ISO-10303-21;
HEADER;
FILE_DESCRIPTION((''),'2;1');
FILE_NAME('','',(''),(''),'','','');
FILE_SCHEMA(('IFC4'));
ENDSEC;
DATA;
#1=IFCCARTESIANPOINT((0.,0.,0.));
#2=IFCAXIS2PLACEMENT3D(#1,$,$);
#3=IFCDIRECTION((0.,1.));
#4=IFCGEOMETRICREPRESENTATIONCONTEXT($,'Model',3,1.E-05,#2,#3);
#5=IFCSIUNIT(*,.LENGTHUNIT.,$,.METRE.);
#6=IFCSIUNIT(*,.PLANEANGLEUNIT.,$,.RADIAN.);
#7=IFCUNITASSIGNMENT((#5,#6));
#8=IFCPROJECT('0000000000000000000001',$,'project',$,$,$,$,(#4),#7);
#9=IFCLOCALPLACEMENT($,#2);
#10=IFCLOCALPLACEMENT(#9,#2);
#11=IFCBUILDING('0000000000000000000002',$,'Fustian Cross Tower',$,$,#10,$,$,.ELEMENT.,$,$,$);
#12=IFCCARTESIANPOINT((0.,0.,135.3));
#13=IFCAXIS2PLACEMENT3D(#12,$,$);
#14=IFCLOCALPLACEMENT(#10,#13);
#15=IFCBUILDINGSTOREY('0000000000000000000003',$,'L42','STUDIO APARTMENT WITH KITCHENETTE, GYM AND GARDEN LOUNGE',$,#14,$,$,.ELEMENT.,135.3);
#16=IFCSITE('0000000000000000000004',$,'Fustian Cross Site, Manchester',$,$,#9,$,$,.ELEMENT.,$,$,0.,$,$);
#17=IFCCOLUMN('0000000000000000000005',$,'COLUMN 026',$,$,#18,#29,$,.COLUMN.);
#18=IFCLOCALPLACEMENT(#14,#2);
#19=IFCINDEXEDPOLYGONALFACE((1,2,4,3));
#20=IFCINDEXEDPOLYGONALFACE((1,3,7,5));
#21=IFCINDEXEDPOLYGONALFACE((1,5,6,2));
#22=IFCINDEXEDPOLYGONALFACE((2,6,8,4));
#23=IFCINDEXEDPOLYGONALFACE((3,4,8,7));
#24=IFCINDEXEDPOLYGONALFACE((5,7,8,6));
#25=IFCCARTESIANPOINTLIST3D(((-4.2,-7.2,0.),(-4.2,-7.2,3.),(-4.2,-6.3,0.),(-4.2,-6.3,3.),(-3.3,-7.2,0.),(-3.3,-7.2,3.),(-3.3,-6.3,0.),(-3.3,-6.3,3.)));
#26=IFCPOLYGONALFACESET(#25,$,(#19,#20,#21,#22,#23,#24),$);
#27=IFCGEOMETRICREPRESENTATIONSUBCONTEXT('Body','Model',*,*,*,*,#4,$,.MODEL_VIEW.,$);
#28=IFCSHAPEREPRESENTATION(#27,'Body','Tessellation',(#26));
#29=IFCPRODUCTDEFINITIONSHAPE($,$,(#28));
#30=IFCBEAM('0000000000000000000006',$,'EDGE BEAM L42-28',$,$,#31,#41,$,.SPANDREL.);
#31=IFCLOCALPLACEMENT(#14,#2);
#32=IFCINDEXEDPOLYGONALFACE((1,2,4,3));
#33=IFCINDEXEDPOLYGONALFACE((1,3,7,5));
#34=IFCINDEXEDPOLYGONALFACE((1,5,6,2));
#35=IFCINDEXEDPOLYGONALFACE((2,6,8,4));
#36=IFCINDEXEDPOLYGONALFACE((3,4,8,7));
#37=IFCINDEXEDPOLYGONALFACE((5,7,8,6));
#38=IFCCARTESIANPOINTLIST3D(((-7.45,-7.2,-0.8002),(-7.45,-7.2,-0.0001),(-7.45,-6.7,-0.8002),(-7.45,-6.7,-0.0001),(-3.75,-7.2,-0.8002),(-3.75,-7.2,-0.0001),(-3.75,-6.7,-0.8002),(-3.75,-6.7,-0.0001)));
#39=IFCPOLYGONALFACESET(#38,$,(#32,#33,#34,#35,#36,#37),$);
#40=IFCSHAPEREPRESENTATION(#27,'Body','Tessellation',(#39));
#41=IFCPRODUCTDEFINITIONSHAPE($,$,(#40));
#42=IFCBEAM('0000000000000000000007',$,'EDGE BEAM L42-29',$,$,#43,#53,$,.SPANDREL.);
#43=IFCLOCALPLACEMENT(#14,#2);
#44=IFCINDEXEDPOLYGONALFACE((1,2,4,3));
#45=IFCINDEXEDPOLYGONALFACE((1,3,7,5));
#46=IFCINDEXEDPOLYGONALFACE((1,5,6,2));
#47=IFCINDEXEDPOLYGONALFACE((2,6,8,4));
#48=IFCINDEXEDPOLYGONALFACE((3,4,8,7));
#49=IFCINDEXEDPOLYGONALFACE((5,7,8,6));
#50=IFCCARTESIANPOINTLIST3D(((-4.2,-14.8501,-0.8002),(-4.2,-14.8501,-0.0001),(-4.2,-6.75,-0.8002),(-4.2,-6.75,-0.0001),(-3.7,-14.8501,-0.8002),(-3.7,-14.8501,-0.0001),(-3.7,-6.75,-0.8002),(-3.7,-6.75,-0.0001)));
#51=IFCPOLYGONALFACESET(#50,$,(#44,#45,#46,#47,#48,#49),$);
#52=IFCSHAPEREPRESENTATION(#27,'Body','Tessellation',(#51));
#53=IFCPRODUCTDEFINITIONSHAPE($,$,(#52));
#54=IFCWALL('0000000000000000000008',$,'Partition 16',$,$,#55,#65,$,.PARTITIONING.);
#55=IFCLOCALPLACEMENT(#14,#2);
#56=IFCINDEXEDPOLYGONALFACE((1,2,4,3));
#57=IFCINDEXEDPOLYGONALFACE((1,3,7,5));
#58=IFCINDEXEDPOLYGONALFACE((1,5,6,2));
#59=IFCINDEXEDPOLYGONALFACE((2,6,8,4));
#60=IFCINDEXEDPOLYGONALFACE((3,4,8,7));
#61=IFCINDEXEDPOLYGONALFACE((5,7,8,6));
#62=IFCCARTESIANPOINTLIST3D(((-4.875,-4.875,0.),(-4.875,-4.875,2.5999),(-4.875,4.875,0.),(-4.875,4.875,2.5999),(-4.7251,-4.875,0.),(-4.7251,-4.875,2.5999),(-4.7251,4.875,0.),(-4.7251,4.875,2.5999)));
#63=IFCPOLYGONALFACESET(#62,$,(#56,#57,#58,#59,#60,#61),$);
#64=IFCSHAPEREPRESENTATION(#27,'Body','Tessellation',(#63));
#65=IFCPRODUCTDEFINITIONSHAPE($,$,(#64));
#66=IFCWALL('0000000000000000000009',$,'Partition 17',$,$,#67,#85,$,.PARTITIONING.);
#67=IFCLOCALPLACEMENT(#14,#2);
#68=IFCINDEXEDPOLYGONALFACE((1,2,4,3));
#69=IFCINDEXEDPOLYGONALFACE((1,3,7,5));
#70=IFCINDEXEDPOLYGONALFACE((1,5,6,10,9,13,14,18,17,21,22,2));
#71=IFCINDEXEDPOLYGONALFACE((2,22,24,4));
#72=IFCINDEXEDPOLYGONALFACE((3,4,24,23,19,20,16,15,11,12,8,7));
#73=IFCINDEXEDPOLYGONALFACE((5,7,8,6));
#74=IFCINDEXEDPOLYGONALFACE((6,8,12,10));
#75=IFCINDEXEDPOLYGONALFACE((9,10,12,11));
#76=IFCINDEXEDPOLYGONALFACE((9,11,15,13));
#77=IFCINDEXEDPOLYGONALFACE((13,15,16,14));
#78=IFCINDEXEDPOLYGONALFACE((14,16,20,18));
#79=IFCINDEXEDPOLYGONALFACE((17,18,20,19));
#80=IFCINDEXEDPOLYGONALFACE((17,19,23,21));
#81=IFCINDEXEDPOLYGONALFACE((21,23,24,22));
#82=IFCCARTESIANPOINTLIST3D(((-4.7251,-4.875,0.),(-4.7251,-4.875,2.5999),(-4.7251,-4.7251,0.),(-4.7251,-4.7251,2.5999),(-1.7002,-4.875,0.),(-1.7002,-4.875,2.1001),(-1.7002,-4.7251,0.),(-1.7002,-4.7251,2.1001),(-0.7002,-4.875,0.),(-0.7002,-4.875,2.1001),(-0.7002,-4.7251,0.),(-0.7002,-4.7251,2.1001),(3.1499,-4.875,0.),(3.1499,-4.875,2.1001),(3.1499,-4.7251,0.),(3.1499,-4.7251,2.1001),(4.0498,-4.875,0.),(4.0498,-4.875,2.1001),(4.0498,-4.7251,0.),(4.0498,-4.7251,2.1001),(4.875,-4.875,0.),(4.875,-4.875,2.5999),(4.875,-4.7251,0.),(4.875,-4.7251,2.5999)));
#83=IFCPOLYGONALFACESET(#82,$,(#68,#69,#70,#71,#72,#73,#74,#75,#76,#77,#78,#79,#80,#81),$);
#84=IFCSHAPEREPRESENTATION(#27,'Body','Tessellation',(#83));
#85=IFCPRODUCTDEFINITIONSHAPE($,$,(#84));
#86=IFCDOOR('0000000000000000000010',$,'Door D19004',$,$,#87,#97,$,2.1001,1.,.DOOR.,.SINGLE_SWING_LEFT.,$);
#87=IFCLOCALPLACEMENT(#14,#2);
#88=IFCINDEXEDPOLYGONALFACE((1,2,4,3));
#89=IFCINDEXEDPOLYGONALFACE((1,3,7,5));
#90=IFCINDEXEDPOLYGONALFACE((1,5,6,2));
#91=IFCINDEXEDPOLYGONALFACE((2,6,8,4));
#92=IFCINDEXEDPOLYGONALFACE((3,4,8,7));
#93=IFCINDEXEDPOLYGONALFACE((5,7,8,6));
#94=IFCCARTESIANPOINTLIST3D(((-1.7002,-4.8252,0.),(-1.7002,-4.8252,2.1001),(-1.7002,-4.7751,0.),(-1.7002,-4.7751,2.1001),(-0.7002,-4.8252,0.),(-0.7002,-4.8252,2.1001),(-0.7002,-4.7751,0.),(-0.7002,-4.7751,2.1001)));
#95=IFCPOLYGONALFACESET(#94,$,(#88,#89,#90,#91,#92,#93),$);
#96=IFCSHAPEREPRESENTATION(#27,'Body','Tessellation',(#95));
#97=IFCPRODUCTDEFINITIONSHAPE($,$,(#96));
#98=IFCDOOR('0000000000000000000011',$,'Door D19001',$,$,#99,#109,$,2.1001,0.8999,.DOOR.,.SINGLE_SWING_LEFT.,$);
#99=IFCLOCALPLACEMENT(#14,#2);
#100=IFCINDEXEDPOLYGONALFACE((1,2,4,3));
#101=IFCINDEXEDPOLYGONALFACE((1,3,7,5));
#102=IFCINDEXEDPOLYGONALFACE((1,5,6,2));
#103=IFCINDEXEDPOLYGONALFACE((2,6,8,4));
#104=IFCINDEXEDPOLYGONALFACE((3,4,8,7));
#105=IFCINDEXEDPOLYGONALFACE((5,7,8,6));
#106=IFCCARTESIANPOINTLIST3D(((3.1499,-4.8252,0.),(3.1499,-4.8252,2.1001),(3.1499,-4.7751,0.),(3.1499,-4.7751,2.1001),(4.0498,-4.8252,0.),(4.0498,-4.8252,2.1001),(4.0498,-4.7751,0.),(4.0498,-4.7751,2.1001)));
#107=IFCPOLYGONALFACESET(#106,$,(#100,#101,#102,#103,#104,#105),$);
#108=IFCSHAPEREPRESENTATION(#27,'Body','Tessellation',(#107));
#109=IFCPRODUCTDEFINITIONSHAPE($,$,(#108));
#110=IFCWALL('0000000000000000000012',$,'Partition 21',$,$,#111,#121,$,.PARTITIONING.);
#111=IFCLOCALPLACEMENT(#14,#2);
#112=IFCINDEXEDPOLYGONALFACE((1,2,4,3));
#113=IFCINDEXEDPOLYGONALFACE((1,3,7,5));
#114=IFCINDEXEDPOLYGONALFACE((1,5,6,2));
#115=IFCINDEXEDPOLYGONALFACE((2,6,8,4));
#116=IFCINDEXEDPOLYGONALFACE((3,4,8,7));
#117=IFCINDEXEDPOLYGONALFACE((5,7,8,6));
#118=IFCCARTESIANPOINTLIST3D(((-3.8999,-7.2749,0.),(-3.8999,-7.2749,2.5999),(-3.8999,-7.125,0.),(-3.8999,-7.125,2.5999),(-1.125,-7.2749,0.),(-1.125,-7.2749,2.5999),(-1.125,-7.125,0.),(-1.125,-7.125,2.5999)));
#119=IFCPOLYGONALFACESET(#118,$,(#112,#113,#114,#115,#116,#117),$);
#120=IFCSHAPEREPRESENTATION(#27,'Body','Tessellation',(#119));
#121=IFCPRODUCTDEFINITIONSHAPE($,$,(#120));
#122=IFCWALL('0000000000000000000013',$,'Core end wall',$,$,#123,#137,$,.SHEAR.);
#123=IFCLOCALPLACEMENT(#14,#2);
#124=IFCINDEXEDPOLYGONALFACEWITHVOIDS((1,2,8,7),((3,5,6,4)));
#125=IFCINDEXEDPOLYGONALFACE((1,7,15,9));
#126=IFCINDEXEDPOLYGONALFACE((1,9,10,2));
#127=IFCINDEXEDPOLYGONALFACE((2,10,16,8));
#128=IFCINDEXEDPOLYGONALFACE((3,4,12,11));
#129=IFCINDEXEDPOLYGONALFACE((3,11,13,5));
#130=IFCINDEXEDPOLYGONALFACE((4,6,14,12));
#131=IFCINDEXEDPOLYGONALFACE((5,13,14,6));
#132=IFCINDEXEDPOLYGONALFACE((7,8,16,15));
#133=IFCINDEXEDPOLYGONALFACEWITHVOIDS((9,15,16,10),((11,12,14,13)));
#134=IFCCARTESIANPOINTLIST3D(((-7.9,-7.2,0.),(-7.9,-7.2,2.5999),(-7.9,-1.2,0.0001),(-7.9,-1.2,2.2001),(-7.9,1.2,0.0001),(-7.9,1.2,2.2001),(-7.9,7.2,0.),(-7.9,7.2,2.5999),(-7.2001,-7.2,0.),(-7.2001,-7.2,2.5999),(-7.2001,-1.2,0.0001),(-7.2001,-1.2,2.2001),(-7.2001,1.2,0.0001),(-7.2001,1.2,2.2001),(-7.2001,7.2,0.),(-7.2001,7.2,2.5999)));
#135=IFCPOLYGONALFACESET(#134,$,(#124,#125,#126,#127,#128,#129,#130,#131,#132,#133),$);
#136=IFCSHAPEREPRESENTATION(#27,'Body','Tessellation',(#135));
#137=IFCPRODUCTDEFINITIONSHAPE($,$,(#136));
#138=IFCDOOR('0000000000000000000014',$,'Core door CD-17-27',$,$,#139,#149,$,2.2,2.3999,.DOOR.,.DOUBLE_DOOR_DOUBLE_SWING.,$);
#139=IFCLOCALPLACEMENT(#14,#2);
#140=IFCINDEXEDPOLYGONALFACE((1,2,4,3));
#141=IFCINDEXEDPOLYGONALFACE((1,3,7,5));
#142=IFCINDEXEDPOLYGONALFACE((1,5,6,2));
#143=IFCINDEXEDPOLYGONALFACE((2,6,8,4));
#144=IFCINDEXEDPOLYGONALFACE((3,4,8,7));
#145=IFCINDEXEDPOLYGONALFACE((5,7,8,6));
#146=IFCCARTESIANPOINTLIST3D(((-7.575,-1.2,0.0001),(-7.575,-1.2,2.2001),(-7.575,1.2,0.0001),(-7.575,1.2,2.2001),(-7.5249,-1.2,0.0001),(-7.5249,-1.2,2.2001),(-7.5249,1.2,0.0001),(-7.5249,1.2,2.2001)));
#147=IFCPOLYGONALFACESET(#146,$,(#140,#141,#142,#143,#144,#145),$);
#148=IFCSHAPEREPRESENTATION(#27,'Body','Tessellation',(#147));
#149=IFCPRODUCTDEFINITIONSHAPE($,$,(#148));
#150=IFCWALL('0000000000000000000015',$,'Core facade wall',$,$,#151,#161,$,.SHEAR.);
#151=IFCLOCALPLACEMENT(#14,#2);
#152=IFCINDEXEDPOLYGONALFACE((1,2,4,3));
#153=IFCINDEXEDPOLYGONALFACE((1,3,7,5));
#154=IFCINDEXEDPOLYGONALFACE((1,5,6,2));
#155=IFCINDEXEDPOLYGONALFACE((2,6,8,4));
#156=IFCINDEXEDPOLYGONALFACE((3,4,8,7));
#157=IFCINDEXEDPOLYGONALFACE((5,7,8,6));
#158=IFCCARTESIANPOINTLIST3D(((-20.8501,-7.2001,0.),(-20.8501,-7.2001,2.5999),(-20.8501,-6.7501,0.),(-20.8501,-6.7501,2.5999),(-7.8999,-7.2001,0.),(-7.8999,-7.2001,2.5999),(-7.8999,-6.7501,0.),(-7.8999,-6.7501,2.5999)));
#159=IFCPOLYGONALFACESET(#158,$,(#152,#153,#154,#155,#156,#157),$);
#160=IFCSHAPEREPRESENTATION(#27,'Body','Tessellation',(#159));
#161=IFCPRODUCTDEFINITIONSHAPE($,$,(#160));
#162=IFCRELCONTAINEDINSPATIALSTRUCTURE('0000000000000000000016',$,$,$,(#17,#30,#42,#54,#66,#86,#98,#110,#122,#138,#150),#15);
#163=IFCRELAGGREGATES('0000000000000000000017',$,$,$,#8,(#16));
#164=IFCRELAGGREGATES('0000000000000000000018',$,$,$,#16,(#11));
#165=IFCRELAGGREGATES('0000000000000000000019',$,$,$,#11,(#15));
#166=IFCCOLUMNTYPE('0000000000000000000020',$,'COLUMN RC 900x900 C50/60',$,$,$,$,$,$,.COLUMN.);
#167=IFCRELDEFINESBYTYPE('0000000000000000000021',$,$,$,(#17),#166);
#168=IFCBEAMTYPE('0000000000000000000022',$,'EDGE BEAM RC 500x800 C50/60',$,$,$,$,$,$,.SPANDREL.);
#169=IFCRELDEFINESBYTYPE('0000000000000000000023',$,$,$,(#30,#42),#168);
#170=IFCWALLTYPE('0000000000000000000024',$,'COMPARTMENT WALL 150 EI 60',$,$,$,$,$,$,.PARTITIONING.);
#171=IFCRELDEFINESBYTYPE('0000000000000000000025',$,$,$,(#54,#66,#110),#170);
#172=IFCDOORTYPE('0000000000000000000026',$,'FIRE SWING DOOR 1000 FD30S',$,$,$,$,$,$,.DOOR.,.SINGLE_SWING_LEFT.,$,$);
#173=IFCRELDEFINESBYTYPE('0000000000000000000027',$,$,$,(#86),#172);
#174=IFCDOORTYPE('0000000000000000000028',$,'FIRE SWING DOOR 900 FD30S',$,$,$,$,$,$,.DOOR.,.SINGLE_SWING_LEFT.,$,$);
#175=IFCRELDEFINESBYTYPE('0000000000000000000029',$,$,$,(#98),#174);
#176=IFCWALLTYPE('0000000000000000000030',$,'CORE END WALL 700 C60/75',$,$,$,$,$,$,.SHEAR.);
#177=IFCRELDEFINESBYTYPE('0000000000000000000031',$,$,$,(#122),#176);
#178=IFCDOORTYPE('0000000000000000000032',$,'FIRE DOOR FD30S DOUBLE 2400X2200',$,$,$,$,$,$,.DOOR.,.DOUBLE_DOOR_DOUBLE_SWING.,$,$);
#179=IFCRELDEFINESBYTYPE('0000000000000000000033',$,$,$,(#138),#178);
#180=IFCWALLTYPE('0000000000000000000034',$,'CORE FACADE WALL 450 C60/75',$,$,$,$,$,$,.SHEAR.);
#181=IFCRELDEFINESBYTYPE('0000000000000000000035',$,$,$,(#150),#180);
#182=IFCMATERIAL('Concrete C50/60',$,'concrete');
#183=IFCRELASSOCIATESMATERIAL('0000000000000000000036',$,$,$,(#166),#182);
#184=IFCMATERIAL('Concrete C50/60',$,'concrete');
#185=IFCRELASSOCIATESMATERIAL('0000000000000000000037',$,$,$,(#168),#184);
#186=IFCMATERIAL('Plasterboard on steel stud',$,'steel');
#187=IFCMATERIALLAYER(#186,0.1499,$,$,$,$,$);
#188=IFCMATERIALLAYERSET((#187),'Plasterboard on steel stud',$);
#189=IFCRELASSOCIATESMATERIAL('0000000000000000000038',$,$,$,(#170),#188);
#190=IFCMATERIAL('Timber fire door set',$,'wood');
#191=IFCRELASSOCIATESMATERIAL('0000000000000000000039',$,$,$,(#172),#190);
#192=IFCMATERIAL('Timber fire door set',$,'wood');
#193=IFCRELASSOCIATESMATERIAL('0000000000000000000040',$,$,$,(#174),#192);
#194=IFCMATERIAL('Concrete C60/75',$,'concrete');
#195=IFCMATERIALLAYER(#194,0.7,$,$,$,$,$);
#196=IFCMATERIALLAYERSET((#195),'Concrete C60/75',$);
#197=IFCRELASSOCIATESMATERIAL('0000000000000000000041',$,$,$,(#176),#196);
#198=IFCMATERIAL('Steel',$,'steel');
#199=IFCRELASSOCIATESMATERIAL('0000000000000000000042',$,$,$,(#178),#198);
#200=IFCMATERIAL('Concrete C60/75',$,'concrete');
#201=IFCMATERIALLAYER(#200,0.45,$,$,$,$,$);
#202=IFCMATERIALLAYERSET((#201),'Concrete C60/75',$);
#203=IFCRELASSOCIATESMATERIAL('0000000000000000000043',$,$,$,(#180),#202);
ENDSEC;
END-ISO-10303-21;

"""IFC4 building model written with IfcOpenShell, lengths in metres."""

from ifc_helpers import new_model, si_unit, direction, frame, frame_2d, origin, origin_2d, place, context, subcontext, project, spatial, rectangle, extrude, material, layer, layer_set, material_profile, profile_set, type_object, element, fill, save


model = new_model("IFC4")

# Units and contexts
model_context = context("Model", 3, precision=1e-05, world=origin(), true_north=direction((0.0, 1.0)))
body_context = subcontext(model_context, "Body", "Model", "MODEL_VIEW")
ifc_project = project(units=[si_unit("LENGTHUNIT", "METRE"), si_unit("PLANEANGLEUNIT", "RADIAN")], contexts=[model_context])

# Site, building, storey
site_placement = place(None, origin())
site = spatial("IfcSite", under=ifc_project, at=site_placement, Name="Fustian Cross Site, Manchester", CompositionType="ELEMENT", RefElevation=0.0)
building_placement = place(site_placement, origin())
building = spatial("IfcBuilding", under=site, at=building_placement, Name="Fustian Cross Tower", CompositionType="ELEMENT")
storey_placement = place(building_placement, frame((0.0, 0.0, 135.3)))
storey = spatial("IfcBuildingStorey", under=building, at=storey_placement, Name="L42", Description="STUDIO APARTMENT WITH KITCHENETTE, GYM AND GARDEN LOUNGE", CompositionType="ELEMENT", Elevation=135.3)

# Column
ifc_material_1 = material(Name="Concrete C50/60", Category="concrete")
ifc_material_profile_1 = material_profile(ifc_material_1, rectangle(XDim=0.8999, YDim=0.8999, at=origin_2d()), Name="RC 900x900")
ifc_profile_set_1 = profile_set([ifc_material_profile_1], Name="Concrete C50/60")
column_type = type_object("IfcColumnType", Name="COLUMN RC 900x900 C50/60", PredefinedType="COLUMN", material=ifc_profile_set_1)
column_placement = place(storey_placement, frame((-3.75, -6.75, 0.0), z_axis=(0.0, 0.0, 1.0), x_axis=(1.0, 0.0, 0.0)))
element("IfcColumn", 1, at=column_placement, inside=storey, type_object=column_type, Name="COLUMN 026", PredefinedType="COLUMN", context=body_context, shape_type="SweptSolid", body=[
    extrude(rectangle(XDim=0.8999, YDim=0.8999, at=origin_2d()), origin(), (0.0, 0.0, 1.0), 3.0),
])

# Beams
ifc_material_2 = material(Name="Concrete C50/60", Category="concrete")
ifc_material_profile_2 = material_profile(ifc_material_2, rectangle(XDim=0.5, YDim=0.8, at=origin_2d()), Name="RC 500x800")
ifc_profile_set_2 = profile_set([ifc_material_profile_2], Name="Concrete C50/60")
beam_type = type_object("IfcBeamType", Name="EDGE BEAM RC 500x800 C50/60", PredefinedType="SPANDREL", material=ifc_profile_set_2)
beam_1_placement = place(storey_placement, frame((-7.45, -6.95, -0.4001), z_axis=(1.0, 0.0, 0.0), x_axis=(0.0, 1.0, 0.0)))
element("IfcBeam", 2, at=beam_1_placement, inside=storey, type_object=beam_type, Name="EDGE BEAM L42-28", PredefinedType="SPANDREL", context=body_context, shape_type="SweptSolid", body=[
    extrude(rectangle(XDim=0.5, YDim=0.8, at=origin_2d()), origin(), (0.0, 0.0, 1.0), 3.7),
])
beam_2_placement = place(storey_placement, frame((-3.95, -6.75, -0.4001), z_axis=(0.0, -1.0, 0.0), x_axis=(1.0, 0.0, 0.0)))
element("IfcBeam", 3, at=beam_2_placement, inside=storey, type_object=beam_type, Name="EDGE BEAM L42-29", PredefinedType="SPANDREL", context=body_context, shape_type="SweptSolid", body=[
    extrude(rectangle(XDim=0.5, YDim=0.8, at=origin_2d()), origin(), (0.0, 0.0, 1.0), 8.1001),
])

# Wall
ifc_material_3 = material(Name="Plasterboard on steel stud", Category="steel")
ifc_layer_1 = layer(ifc_material_3, 0.1499)
ifc_layer_set_1 = layer_set([ifc_layer_1], Name="Plasterboard on steel stud")
wall_type_1 = type_object("IfcWallType", Name="COMPARTMENT WALL 150 EI 60", PredefinedType="PARTITIONING", material=ifc_layer_set_1)
wall_1_placement = place(storey_placement, frame((-4.8, -4.875, 0.0), z_axis=(0.0, 0.0, 1.0), x_axis=(0.0, 1.0, 0.0)))
element("IfcWall", 4, at=wall_1_placement, inside=storey, type_object=wall_type_1, Name="Partition 16", PredefinedType="PARTITIONING", context=body_context, shape_type="SweptSolid", body=[
    extrude(rectangle(XDim=9.75, YDim=0.1499, at=frame_2d((4.875, 0.0))), origin(), (0.0, 0.0, 1.0), 2.5999),
])

# Wall, openings, doors
wall_2_placement = place(storey_placement, frame((-4.7251, -4.8, 0.0), z_axis=(0.0, 0.0, 1.0), x_axis=(1.0, 0.0, 0.0)))
wall_2 = element("IfcWall", 5, at=wall_2_placement, inside=storey, type_object=wall_type_1, Name="Partition 17", PredefinedType="PARTITIONING", context=body_context, shape_type="SweptSolid", body=[
    extrude(rectangle(XDim=9.6001, YDim=0.1499, at=frame_2d((4.8, 0.0))), origin(), (0.0, 0.0, 1.0), 2.5999),
])
opening_1_placement = place(wall_2_placement, frame((7.875, 0.0, 0.0)))
opening_1 = element("IfcOpeningElement", 6, at=opening_1_placement, cuts=wall_2, PredefinedType="OPENING", context=body_context, shape_type="SweptSolid", body=[
    extrude(rectangle(XDim=0.8999, YDim=2.1001, at=frame_2d((0.45, 1.05))), frame((0.0, 0.085, 0.0), z_axis=(0.0, -1.0, 0.0), x_axis=(1.0, 0.0, 0.0)), (0.0, 0.0, 1.0), 0.1699),
])
opening_2_placement = place(wall_2_placement, frame((3.0249, 0.0, 0.0)))
opening_2 = element("IfcOpeningElement", 7, at=opening_2_placement, cuts=wall_2, PredefinedType="OPENING", context=body_context, shape_type="SweptSolid", body=[
    extrude(rectangle(XDim=1.0, YDim=2.1001, at=frame_2d((0.5, 1.05))), frame((0.0, 0.085, 0.0), z_axis=(0.0, -1.0, 0.0), x_axis=(1.0, 0.0, 0.0)), (0.0, 0.0, 1.0), 0.1699),
])
ifc_material_4 = material(Name="Timber fire door set", Category="wood")
door_type_1 = type_object("IfcDoorType", Name="FIRE SWING DOOR 1000 FD30S", OperationType="SINGLE_SWING_LEFT", PredefinedType="DOOR", material=ifc_material_4)
door_1_placement = place(opening_2_placement, origin())
door_1 = element("IfcDoor", 8, at=door_1_placement, inside=storey, type_object=door_type_1, Name="Door D19004", OperationType="SINGLE_SWING_LEFT", OverallHeight=2.1001, OverallWidth=1.0, PredefinedType="DOOR", context=body_context, shape_type="SweptSolid", body=[
    extrude(rectangle(XDim=1.0, YDim=2.1001, at=frame_2d((0.5, 1.05))), frame((0.0, 0.0249, 0.0), z_axis=(0.0, -1.0, 0.0), x_axis=(1.0, 0.0, 0.0)), (0.0, 0.0, 1.0), 0.05),
])
fill(opening_2, door_1)
ifc_material_5 = material(Name="Timber fire door set", Category="wood")
door_type_2 = type_object("IfcDoorType", Name="FIRE SWING DOOR 900 FD30S", OperationType="SINGLE_SWING_LEFT", PredefinedType="DOOR", material=ifc_material_5)
door_2_placement = place(opening_1_placement, origin())
door_2 = element("IfcDoor", 9, at=door_2_placement, inside=storey, type_object=door_type_2, Name="Door D19001", OperationType="SINGLE_SWING_LEFT", OverallHeight=2.1001, OverallWidth=0.8999, PredefinedType="DOOR", context=body_context, shape_type="SweptSolid", body=[
    extrude(rectangle(XDim=0.8999, YDim=2.1001, at=frame_2d((0.45, 1.05))), frame((0.0, 0.0249, 0.0), z_axis=(0.0, -1.0, 0.0), x_axis=(1.0, 0.0, 0.0)), (0.0, 0.0, 1.0), 0.05),
])
fill(opening_1, door_2)

# Wall
wall_3_placement = place(storey_placement, frame((-3.8999, -7.2, 0.0), z_axis=(0.0, 0.0, 1.0), x_axis=(1.0, 0.0, 0.0)))
element("IfcWall", 10, at=wall_3_placement, inside=storey, type_object=wall_type_1, Name="Partition 21", PredefinedType="PARTITIONING", context=body_context, shape_type="SweptSolid", body=[
    extrude(rectangle(XDim=2.7749, YDim=0.1499, at=frame_2d((1.3875, 0.0))), origin(), (0.0, 0.0, 1.0), 2.5999),
])

# Wall, opening, door
ifc_material_6 = material(Name="Concrete C60/75", Category="concrete")
ifc_layer_2 = layer(ifc_material_6, 0.7)
ifc_layer_set_2 = layer_set([ifc_layer_2], Name="Concrete C60/75")
wall_type_2 = type_object("IfcWallType", Name="CORE END WALL 700 C60/75", PredefinedType="SHEAR", material=ifc_layer_set_2)
wall_4_placement = place(storey_placement, frame((-7.55, -7.2, 0.0), z_axis=(0.0, 0.0, 1.0), x_axis=(0.0, 1.0, 0.0)))
wall_4 = element("IfcWall", 11, at=wall_4_placement, inside=storey, type_object=wall_type_2, Name="Core end wall", PredefinedType="SHEAR", context=body_context, shape_type="SweptSolid", body=[
    extrude(rectangle(XDim=14.3999, YDim=0.7, at=frame_2d((7.2, 0.0))), origin(), (0.0, 0.0, 1.0), 2.5999),
])
opening_3_placement = place(wall_4_placement, frame((6.0, 0.0, 0.0)))
opening_3 = element("IfcOpeningElement", 12, at=opening_3_placement, cuts=wall_4, PredefinedType="OPENING", context=body_context, shape_type="SweptSolid", body=[
    extrude(rectangle(XDim=2.3999, YDim=2.2, at=frame_2d((1.2, 1.1001))), frame((0.0, 0.3599, 0.0), z_axis=(0.0, -1.0, 0.0), x_axis=(1.0, 0.0, 0.0)), (0.0, 0.0, 1.0), 0.72),
])
ifc_material_7 = material(Name="Steel", Category="steel")
door_type_3 = type_object("IfcDoorType", Name="FIRE DOOR FD30S DOUBLE 2400X2200", OperationType="DOUBLE_DOOR_DOUBLE_SWING", PredefinedType="DOOR", material=ifc_material_7)
door_3_placement = place(opening_3_placement, origin())
door_3 = element("IfcDoor", 13, at=door_3_placement, inside=storey, type_object=door_type_3, Name="Core door CD-17-27", OperationType="DOUBLE_DOOR_DOUBLE_SWING", OverallHeight=2.2, OverallWidth=2.3999, PredefinedType="DOOR", context=body_context, shape_type="SweptSolid", body=[
    extrude(rectangle(XDim=2.3999, YDim=2.2, at=frame_2d((1.2, 1.1001))), frame((0.0, 0.0249, 0.0), z_axis=(0.0, -1.0, 0.0), x_axis=(1.0, 0.0, 0.0)), (0.0, 0.0, 1.0), 0.05),
])
fill(opening_3, door_3)

# Wall
ifc_material_8 = material(Name="Concrete C60/75", Category="concrete")
ifc_layer_3 = layer(ifc_material_8, 0.45)
ifc_layer_set_3 = layer_set([ifc_layer_3], Name="Concrete C60/75")
wall_type_3 = type_object("IfcWallType", Name="CORE FACADE WALL 450 C60/75", PredefinedType="SHEAR", material=ifc_layer_set_3)
wall_5_placement = place(storey_placement, frame((-7.8999, -6.9751, 0.0), z_axis=(0.0, 0.0, 1.0), x_axis=(-1.0, 0.0, 0.0)))
element("IfcWall", 14, at=wall_5_placement, inside=storey, type_object=wall_type_3, Name="Core facade wall", PredefinedType="SHEAR", context=body_context, shape_type="SweptSolid", body=[
    extrude(rectangle(XDim=12.9502, YDim=0.45, at=frame_2d((6.4751, 0.0))), origin(), (0.0, 0.0, 1.0), 2.5999),
])

save(model, "model.ifc")
